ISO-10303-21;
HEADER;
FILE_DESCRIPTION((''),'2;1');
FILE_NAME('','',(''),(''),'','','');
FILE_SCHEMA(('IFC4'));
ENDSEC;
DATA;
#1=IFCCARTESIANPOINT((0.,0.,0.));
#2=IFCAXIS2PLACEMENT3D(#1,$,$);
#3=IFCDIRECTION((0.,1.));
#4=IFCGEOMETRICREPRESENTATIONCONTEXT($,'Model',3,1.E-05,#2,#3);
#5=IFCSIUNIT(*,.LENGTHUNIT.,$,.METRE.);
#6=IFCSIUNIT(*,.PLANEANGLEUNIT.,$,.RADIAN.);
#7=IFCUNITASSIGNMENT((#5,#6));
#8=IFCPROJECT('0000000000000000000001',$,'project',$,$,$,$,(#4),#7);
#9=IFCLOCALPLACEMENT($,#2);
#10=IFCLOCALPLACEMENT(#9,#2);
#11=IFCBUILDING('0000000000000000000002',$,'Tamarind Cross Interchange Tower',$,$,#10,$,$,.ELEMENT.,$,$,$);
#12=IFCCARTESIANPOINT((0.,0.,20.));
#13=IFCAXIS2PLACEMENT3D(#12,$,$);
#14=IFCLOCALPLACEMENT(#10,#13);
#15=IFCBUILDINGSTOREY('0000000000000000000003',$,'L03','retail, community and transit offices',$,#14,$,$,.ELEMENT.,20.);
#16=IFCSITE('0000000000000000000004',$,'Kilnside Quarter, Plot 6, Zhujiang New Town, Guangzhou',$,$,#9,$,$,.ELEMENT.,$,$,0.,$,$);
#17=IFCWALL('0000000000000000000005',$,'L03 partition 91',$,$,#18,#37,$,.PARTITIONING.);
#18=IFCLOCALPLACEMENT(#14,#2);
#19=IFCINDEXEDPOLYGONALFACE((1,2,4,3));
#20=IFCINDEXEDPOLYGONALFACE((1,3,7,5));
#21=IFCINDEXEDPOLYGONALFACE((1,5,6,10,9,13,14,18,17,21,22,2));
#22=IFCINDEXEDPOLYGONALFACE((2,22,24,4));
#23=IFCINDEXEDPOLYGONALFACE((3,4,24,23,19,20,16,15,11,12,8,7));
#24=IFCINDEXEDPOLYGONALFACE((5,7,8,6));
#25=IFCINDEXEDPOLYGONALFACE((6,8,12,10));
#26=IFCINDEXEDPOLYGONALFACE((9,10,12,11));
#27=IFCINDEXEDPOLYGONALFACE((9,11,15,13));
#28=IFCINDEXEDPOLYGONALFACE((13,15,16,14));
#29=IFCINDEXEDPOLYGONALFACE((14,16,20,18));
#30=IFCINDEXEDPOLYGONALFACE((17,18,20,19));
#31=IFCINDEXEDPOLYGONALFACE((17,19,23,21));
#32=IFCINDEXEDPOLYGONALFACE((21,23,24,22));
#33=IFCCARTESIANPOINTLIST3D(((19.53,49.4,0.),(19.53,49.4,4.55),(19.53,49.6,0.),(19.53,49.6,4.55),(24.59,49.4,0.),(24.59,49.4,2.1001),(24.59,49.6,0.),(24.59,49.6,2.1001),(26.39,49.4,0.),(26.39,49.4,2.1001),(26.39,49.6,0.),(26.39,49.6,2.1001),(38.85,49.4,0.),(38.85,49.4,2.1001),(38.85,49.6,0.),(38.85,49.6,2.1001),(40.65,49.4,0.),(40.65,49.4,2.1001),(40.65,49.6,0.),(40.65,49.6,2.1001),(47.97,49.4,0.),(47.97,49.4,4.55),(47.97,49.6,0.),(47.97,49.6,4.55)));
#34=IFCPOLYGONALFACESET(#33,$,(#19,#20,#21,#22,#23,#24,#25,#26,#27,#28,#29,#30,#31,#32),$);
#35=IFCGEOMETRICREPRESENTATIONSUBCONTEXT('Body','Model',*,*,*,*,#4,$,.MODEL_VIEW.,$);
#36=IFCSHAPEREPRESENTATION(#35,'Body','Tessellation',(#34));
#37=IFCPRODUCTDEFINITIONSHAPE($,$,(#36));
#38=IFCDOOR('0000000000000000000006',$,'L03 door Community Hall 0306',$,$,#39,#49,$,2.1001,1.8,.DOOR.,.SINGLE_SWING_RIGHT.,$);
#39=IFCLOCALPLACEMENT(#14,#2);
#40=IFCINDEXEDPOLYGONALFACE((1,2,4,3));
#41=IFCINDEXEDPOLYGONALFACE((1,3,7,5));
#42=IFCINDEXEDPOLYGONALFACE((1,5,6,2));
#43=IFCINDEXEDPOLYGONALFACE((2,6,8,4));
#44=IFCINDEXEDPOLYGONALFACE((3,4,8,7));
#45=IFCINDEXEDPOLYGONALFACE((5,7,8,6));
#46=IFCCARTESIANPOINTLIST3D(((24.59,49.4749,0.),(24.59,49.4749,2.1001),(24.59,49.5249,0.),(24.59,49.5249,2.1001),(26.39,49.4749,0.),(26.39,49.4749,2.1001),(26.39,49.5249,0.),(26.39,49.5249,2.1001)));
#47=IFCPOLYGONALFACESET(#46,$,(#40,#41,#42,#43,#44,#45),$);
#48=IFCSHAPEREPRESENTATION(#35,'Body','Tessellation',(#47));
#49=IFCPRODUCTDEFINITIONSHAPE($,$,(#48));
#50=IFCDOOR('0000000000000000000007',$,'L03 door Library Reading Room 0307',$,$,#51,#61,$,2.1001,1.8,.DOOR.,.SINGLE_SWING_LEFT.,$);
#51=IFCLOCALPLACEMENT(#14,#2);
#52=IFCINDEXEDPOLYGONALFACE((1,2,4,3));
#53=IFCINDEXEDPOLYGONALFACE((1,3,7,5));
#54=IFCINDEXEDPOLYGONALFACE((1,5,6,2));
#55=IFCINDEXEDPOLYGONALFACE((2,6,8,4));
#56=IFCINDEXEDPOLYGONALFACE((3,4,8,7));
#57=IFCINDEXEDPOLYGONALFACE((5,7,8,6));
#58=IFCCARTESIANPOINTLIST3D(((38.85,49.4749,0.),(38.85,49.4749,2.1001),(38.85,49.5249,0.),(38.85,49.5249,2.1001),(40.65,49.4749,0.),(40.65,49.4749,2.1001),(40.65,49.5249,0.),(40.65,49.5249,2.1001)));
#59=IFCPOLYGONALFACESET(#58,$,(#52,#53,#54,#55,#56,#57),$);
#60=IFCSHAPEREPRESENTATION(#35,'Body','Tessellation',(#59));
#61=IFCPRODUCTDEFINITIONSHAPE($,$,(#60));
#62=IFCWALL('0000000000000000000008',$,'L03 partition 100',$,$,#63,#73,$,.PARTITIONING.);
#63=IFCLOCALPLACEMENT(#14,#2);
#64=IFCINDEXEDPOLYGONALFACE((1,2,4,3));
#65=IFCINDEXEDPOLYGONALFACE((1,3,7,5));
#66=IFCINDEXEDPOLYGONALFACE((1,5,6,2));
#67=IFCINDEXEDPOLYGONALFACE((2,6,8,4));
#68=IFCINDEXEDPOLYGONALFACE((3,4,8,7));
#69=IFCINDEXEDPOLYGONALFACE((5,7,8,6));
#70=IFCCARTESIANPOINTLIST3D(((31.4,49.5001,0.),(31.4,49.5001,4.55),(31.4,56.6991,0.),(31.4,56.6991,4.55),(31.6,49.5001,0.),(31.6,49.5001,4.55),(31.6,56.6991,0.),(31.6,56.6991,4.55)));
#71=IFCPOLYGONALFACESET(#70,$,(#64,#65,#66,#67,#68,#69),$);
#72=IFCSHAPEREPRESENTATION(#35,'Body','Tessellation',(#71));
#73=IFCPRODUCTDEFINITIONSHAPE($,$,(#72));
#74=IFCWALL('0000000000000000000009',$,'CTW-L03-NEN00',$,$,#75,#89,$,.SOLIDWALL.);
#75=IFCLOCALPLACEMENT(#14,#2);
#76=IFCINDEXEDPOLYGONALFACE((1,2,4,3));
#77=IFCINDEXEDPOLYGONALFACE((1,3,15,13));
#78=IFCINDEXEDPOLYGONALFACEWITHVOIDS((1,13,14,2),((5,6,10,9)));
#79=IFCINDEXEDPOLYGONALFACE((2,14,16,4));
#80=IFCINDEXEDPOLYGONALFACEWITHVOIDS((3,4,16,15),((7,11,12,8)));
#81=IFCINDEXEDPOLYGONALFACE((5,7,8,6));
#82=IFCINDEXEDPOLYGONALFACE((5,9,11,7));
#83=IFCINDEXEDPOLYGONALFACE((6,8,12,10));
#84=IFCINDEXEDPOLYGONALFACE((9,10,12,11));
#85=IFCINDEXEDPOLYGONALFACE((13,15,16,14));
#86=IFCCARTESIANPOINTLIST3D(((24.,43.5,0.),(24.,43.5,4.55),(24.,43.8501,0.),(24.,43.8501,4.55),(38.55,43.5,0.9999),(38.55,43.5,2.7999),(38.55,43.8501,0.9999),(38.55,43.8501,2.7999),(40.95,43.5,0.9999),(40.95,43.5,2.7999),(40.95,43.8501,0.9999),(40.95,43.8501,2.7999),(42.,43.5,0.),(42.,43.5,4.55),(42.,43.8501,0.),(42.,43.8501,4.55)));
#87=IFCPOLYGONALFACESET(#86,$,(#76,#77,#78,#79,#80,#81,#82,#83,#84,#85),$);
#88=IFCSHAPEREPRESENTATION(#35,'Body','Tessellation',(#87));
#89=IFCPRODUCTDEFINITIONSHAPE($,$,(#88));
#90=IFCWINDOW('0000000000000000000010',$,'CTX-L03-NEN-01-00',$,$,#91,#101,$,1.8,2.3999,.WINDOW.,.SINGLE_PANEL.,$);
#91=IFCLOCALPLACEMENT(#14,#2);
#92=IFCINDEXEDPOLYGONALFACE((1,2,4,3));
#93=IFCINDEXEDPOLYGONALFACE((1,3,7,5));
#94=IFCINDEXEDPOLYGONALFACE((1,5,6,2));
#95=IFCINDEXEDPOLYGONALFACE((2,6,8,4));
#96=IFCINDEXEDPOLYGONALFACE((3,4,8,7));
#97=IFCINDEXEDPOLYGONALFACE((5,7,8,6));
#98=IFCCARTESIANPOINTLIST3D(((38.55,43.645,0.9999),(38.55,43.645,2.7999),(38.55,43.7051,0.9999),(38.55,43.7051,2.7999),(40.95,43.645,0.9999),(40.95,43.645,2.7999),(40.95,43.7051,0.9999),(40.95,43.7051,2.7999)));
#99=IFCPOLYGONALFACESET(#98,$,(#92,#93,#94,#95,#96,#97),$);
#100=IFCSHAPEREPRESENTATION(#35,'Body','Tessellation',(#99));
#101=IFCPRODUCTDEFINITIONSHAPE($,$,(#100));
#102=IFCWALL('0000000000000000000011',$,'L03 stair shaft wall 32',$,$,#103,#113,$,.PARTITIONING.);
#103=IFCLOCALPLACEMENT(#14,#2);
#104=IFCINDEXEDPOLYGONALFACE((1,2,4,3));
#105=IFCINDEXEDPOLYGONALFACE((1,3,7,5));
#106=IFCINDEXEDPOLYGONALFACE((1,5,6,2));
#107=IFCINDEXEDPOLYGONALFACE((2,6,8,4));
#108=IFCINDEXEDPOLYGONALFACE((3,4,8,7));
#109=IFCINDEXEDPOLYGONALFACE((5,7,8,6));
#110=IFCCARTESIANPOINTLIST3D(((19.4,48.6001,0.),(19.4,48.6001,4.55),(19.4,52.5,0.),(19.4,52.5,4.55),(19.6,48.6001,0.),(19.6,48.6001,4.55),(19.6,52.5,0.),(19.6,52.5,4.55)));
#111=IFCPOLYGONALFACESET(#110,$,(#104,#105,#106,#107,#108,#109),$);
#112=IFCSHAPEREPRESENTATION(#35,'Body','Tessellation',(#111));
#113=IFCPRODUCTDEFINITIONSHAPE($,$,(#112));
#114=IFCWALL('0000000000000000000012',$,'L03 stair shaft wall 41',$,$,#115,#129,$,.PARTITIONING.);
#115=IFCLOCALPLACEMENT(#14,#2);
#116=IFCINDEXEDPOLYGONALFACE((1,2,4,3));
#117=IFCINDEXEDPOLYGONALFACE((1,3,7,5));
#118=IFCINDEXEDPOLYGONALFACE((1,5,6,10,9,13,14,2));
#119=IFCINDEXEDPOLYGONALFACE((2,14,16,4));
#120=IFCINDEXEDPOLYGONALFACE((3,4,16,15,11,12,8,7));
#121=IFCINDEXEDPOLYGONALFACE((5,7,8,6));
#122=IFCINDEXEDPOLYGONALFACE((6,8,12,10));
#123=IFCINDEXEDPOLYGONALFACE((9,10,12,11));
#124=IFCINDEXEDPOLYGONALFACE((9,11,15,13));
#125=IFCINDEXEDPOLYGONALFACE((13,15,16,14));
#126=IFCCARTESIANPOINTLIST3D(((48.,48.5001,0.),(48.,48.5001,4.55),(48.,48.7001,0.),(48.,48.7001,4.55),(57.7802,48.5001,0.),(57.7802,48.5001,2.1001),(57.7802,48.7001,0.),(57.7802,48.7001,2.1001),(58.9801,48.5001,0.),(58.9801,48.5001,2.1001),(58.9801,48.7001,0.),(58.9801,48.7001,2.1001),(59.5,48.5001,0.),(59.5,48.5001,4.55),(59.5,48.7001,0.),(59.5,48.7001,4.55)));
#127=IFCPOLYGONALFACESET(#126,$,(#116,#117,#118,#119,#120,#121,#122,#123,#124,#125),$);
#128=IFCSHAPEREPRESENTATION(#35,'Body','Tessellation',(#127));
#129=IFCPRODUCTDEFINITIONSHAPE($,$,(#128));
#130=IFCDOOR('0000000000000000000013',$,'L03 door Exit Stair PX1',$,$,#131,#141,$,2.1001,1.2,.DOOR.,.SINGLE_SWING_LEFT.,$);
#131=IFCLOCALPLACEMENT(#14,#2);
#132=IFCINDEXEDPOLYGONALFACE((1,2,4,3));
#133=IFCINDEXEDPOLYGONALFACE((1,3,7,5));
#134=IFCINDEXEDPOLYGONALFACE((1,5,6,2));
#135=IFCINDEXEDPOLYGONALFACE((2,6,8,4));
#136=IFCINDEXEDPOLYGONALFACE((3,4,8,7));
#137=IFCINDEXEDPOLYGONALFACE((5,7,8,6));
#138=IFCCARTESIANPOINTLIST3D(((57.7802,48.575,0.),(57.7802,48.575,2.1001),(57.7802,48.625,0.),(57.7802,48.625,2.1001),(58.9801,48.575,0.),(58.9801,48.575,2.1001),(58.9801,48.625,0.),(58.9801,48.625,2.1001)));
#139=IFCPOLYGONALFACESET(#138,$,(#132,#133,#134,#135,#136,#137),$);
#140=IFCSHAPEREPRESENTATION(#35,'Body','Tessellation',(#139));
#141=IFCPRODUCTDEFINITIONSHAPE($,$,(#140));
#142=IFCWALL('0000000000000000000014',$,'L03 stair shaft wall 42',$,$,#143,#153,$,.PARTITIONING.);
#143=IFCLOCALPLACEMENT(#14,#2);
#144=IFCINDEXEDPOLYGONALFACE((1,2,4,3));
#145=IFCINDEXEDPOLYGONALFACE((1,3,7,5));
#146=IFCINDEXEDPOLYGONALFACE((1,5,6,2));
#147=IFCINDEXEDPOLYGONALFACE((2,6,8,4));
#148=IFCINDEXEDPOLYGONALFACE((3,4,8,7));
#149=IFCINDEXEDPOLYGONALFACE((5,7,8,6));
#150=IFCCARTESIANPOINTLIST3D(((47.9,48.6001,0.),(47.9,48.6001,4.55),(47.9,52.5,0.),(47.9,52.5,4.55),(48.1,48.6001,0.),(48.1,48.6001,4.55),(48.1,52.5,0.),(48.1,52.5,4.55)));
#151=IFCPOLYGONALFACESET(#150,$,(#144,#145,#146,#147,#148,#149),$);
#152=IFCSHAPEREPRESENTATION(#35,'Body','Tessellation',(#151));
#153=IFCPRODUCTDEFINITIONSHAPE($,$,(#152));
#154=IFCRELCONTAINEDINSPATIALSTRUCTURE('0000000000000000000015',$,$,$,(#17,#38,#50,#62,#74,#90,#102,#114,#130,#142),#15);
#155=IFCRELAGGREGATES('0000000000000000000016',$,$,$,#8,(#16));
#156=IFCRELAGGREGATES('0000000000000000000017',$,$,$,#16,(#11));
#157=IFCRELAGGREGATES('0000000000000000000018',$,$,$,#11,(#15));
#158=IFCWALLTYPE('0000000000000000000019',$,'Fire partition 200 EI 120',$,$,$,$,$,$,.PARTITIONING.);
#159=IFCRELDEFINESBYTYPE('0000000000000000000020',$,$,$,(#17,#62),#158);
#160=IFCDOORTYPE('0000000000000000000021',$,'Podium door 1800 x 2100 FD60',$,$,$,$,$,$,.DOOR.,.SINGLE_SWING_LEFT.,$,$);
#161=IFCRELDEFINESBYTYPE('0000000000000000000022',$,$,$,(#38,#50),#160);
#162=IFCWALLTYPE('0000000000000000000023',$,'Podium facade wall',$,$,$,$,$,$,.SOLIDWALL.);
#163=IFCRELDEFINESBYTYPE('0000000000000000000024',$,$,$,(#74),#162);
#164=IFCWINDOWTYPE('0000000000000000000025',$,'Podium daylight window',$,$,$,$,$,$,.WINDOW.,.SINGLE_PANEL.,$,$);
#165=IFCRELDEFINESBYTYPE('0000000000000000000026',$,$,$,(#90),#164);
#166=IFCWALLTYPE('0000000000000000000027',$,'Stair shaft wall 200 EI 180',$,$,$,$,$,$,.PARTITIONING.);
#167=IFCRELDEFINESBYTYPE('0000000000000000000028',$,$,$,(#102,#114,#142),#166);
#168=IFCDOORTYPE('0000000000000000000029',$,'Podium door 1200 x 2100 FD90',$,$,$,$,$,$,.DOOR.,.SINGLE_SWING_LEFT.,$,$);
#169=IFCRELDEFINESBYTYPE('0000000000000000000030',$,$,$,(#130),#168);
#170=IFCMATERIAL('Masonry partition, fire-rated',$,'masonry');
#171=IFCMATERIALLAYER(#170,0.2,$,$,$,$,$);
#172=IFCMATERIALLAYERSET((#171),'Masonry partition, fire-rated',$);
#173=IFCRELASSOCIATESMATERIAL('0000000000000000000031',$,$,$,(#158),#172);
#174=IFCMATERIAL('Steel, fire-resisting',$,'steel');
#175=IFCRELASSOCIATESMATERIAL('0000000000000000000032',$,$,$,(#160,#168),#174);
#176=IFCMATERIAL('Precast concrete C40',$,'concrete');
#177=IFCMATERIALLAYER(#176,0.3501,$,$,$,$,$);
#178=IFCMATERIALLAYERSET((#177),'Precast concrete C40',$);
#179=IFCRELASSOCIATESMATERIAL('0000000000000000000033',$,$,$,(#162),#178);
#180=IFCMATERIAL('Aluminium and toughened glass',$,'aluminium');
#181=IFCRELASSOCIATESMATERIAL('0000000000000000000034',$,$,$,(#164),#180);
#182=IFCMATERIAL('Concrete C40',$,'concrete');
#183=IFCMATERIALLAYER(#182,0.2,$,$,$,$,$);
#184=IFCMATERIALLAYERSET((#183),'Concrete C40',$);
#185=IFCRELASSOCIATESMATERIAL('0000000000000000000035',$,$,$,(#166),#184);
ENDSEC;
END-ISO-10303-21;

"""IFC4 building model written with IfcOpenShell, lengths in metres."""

from ifc_helpers import new_model, si_unit, direction, frame, frame_2d, origin, place, context, subcontext, project, spatial, rectangle, extrude, material, layer, layer_set, type_object, element, fill, save


model = new_model("IFC4")

# Units and contexts
model_context = context("Model", 3, precision=1e-05, world=origin(), true_north=direction((0.0, 1.0)))
body_context = subcontext(model_context, "Body", "Model", "MODEL_VIEW")
ifc_project = project(units=[si_unit("LENGTHUNIT", "METRE"), si_unit("PLANEANGLEUNIT", "RADIAN")], contexts=[model_context])

# Site, building, storey
site_placement = place(None, origin())
site = spatial("IfcSite", under=ifc_project, at=site_placement, Name="Kilnside Quarter, Plot 6, Zhujiang New Town, Guangzhou", CompositionType="ELEMENT", RefElevation=0.0)
building_placement = place(site_placement, origin())
building = spatial("IfcBuilding", under=site, at=building_placement, Name="Tamarind Cross Interchange Tower", CompositionType="ELEMENT")
storey_placement = place(building_placement, frame((0.0, 0.0, 20.0)))
storey = spatial("IfcBuildingStorey", under=building, at=storey_placement, Name="L03", Description="retail, community and transit offices", CompositionType="ELEMENT", Elevation=20.0)

# Shared definitions
ifc_material_1 = material(Name="Masonry partition, fire-rated", Category="masonry")
ifc_layer_1 = layer(ifc_material_1, 0.2)
ifc_layer_set_1 = layer_set([ifc_layer_1], Name="Masonry partition, fire-rated")
wall_type_1 = type_object("IfcWallType", Name="Fire partition 200 EI 120", PredefinedType="PARTITIONING", material=ifc_layer_set_1)

# Wall, openings, doors
wall_1_placement = place(storey_placement, frame((19.53, 49.5, 0.0), z_axis=(0.0, 0.0, 1.0), x_axis=(1.0, 0.0, 0.0)))
wall_1 = element("IfcWall", 1, at=wall_1_placement, inside=storey, type_object=wall_type_1, Name="L03 partition 91", PredefinedType="PARTITIONING", context=body_context, shape_type="SweptSolid", body=[
    extrude(rectangle(XDim=28.4399, YDim=0.2, at=frame_2d((14.22, 0.0))), origin(), (0.0, 0.0, 1.0), 4.55),
])
opening_1_placement = place(wall_1_placement, frame((5.0601, 0.0, 0.0)))
opening_1 = element("IfcOpeningElement", 2, at=opening_1_placement, cuts=wall_1, PredefinedType="OPENING", context=body_context, shape_type="SweptSolid", body=[
    extrude(rectangle(XDim=1.8, YDim=2.1001, at=frame_2d((0.8999, 1.05))), frame((0.0, 0.1099, 0.0), z_axis=(0.0, -1.0, 0.0), x_axis=(1.0, 0.0, 0.0)), (0.0, 0.0, 1.0), 0.22),
])
opening_2_placement = place(wall_1_placement, frame((19.3201, 0.0, 0.0)))
opening_2 = element("IfcOpeningElement", 3, at=opening_2_placement, cuts=wall_1, PredefinedType="OPENING", context=body_context, shape_type="SweptSolid", body=[
    extrude(rectangle(XDim=1.8, YDim=2.1001, at=frame_2d((0.8999, 1.05))), frame((0.0, 0.1099, 0.0), z_axis=(0.0, -1.0, 0.0), x_axis=(1.0, 0.0, 0.0)), (0.0, 0.0, 1.0), 0.22),
])
ifc_material_2 = material(Name="Steel, fire-resisting", Category="steel")
door_type_1 = type_object("IfcDoorType", Name="Podium door 1800 x 2100 FD60", OperationType="SINGLE_SWING_LEFT", PredefinedType="DOOR", material=ifc_material_2)
door_1_placement = place(opening_1_placement, origin())
door_1 = element("IfcDoor", 4, at=door_1_placement, inside=storey, type_object=door_type_1, Name="L03 door Community Hall 0306", OperationType="SINGLE_SWING_RIGHT", OverallHeight=2.1001, OverallWidth=1.8, PredefinedType="DOOR", context=body_context, shape_type="SweptSolid", body=[
    extrude(rectangle(XDim=1.8, YDim=2.1001, at=frame_2d((0.8999, 1.05))), frame((0.0, 0.0249, 0.0), z_axis=(0.0, -1.0, 0.0), x_axis=(1.0, 0.0, 0.0)), (0.0, 0.0, 1.0), 0.05),
])
fill(opening_1, door_1)
door_2_placement = place(opening_2_placement, origin())
door_2 = element("IfcDoor", 5, at=door_2_placement, inside=storey, type_object=door_type_1, Name="L03 door Library Reading Room 0307", OperationType="SINGLE_SWING_LEFT", OverallHeight=2.1001, OverallWidth=1.8, PredefinedType="DOOR", context=body_context, shape_type="SweptSolid", body=[
    extrude(rectangle(XDim=1.8, YDim=2.1001, at=frame_2d((0.8999, 1.05))), frame((0.0, 0.0249, 0.0), z_axis=(0.0, -1.0, 0.0), x_axis=(1.0, 0.0, 0.0)), (0.0, 0.0, 1.0), 0.05),
])
fill(opening_2, door_2)

# Wall
wall_2_placement = place(storey_placement, frame((31.5, 49.5, 0.0), z_axis=(0.0, 0.0, 1.0), x_axis=(0.0, 1.0, 0.0)))
element("IfcWall", 6, at=wall_2_placement, inside=storey, type_object=wall_type_1, Name="L03 partition 100", PredefinedType="PARTITIONING", context=body_context, shape_type="SweptSolid", body=[
    extrude(rectangle(XDim=7.199, YDim=0.2, at=frame_2d((3.5996, 0.0))), origin(), (0.0, 0.0, 1.0), 4.55),
])

# Wall, opening, window
ifc_material_3 = material(Name="Precast concrete C40", Category="concrete")
ifc_layer_2 = layer(ifc_material_3, 0.3501)
ifc_layer_set_2 = layer_set([ifc_layer_2], Name="Precast concrete C40")
wall_type_2 = type_object("IfcWallType", Name="Podium facade wall", PredefinedType="SOLIDWALL", material=ifc_layer_set_2)
wall_3_placement = place(storey_placement, frame((24.0, 43.675, 0.0), z_axis=(0.0, 0.0, 1.0), x_axis=(1.0, 0.0, 0.0)))
wall_3 = element("IfcWall", 7, at=wall_3_placement, inside=storey, type_object=wall_type_2, Name="CTW-L03-NEN00", PredefinedType="SOLIDWALL", context=body_context, shape_type="SweptSolid", body=[
    extrude(rectangle(XDim=18.0, YDim=0.3501, at=frame_2d((9.0, 0.0))), origin(), (0.0, 0.0, 1.0), 4.55),
])
opening_3_placement = place(wall_3_placement, frame((14.55, 0.0, 1.0)))
opening_3 = element("IfcOpeningElement", 8, at=opening_3_placement, cuts=wall_3, PredefinedType="OPENING", context=body_context, shape_type="SweptSolid", body=[
    extrude(rectangle(XDim=2.3999, YDim=1.8, at=frame_2d((1.2, 0.8999))), frame((0.0, 0.1851, 0.0), z_axis=(0.0, -1.0, 0.0), x_axis=(1.0, 0.0, 0.0)), (0.0, 0.0, 1.0), 0.3701),
])
ifc_material_4 = material(Name="Aluminium and toughened glass", Category="aluminium")
window_type = type_object("IfcWindowType", Name="Podium daylight window", PartitioningType="SINGLE_PANEL", PredefinedType="WINDOW", material=ifc_material_4)
window_placement = place(opening_3_placement, origin())
window = element("IfcWindow", 9, at=window_placement, inside=storey, type_object=window_type, Name="CTX-L03-NEN-01-00", OverallHeight=1.8, OverallWidth=2.3999, PartitioningType="SINGLE_PANEL", PredefinedType="WINDOW", context=body_context, shape_type="SweptSolid", body=[
    extrude(rectangle(XDim=2.3999, YDim=1.8, at=frame_2d((1.2, 0.8999))), frame((0.0, 0.03, 0.0), z_axis=(0.0, -1.0, 0.0), x_axis=(1.0, 0.0, 0.0)), (0.0, 0.0, 1.0), 0.0601),
])
fill(opening_3, window)

# Wall
ifc_material_5 = material(Name="Concrete C40", Category="concrete")
ifc_layer_3 = layer(ifc_material_5, 0.2)
ifc_layer_set_3 = layer_set([ifc_layer_3], Name="Concrete C40")
wall_type_3 = type_object("IfcWallType", Name="Stair shaft wall 200 EI 180", PredefinedType="PARTITIONING", material=ifc_layer_set_3)
wall_4_placement = place(storey_placement, frame((19.5, 48.6001, 0.0), z_axis=(0.0, 0.0, 1.0), x_axis=(0.0, 1.0, 0.0)))
element("IfcWall", 10, at=wall_4_placement, inside=storey, type_object=wall_type_3, Name="L03 stair shaft wall 32", PredefinedType="PARTITIONING", context=body_context, shape_type="SweptSolid", body=[
    extrude(rectangle(XDim=3.8999, YDim=0.2, at=frame_2d((1.95, 0.0))), origin(), (0.0, 0.0, 1.0), 4.55),
])

# Wall, opening, door
wall_5_placement = place(storey_placement, frame((48.0, 48.6001, 0.0), z_axis=(0.0, 0.0, 1.0), x_axis=(1.0, 0.0, 0.0)))
wall_5 = element("IfcWall", 11, at=wall_5_placement, inside=storey, type_object=wall_type_3, Name="L03 stair shaft wall 41", PredefinedType="PARTITIONING", context=body_context, shape_type="SweptSolid", body=[
    extrude(rectangle(XDim=11.5, YDim=0.2, at=frame_2d((5.75, 0.0))), origin(), (0.0, 0.0, 1.0), 4.55),
])
opening_4_placement = place(wall_5_placement, frame((9.78, 0.0, 0.0)))
opening_4 = element("IfcOpeningElement", 12, at=opening_4_placement, cuts=wall_5, PredefinedType="OPENING", context=body_context, shape_type="SweptSolid", body=[
    extrude(rectangle(XDim=1.2, YDim=2.1001, at=frame_2d((0.6001, 1.05))), frame((0.0, 0.1099, 0.0), z_axis=(0.0, -1.0, 0.0), x_axis=(1.0, 0.0, 0.0)), (0.0, 0.0, 1.0), 0.22),
])
door_type_2 = type_object("IfcDoorType", Name="Podium door 1200 x 2100 FD90", OperationType="SINGLE_SWING_LEFT", PredefinedType="DOOR", material=ifc_material_2)
door_3_placement = place(opening_4_placement, origin())
door_3 = element("IfcDoor", 13, at=door_3_placement, inside=storey, type_object=door_type_2, Name="L03 door Exit Stair PX1", OperationType="SINGLE_SWING_LEFT", OverallHeight=2.1001, OverallWidth=1.2, PredefinedType="DOOR", context=body_context, shape_type="SweptSolid", body=[
    extrude(rectangle(XDim=1.2, YDim=2.1001, at=frame_2d((0.6001, 1.05))), frame((0.0, 0.0249, 0.0), z_axis=(0.0, -1.0, 0.0), x_axis=(1.0, 0.0, 0.0)), (0.0, 0.0, 1.0), 0.05),
])
fill(opening_4, door_3)

# Wall
wall_6_placement = place(storey_placement, frame((48.0, 48.6001, 0.0), z_axis=(0.0, 0.0, 1.0), x_axis=(0.0, 1.0, 0.0)))
element("IfcWall", 14, at=wall_6_placement, inside=storey, type_object=wall_type_3, Name="L03 stair shaft wall 42", PredefinedType="PARTITIONING", context=body_context, shape_type="SweptSolid", body=[
    extrude(rectangle(XDim=3.8999, YDim=0.2, at=frame_2d((1.95, 0.0))), origin(), (0.0, 0.0, 1.0), 4.55),
])

save(model, "model.ifc")
